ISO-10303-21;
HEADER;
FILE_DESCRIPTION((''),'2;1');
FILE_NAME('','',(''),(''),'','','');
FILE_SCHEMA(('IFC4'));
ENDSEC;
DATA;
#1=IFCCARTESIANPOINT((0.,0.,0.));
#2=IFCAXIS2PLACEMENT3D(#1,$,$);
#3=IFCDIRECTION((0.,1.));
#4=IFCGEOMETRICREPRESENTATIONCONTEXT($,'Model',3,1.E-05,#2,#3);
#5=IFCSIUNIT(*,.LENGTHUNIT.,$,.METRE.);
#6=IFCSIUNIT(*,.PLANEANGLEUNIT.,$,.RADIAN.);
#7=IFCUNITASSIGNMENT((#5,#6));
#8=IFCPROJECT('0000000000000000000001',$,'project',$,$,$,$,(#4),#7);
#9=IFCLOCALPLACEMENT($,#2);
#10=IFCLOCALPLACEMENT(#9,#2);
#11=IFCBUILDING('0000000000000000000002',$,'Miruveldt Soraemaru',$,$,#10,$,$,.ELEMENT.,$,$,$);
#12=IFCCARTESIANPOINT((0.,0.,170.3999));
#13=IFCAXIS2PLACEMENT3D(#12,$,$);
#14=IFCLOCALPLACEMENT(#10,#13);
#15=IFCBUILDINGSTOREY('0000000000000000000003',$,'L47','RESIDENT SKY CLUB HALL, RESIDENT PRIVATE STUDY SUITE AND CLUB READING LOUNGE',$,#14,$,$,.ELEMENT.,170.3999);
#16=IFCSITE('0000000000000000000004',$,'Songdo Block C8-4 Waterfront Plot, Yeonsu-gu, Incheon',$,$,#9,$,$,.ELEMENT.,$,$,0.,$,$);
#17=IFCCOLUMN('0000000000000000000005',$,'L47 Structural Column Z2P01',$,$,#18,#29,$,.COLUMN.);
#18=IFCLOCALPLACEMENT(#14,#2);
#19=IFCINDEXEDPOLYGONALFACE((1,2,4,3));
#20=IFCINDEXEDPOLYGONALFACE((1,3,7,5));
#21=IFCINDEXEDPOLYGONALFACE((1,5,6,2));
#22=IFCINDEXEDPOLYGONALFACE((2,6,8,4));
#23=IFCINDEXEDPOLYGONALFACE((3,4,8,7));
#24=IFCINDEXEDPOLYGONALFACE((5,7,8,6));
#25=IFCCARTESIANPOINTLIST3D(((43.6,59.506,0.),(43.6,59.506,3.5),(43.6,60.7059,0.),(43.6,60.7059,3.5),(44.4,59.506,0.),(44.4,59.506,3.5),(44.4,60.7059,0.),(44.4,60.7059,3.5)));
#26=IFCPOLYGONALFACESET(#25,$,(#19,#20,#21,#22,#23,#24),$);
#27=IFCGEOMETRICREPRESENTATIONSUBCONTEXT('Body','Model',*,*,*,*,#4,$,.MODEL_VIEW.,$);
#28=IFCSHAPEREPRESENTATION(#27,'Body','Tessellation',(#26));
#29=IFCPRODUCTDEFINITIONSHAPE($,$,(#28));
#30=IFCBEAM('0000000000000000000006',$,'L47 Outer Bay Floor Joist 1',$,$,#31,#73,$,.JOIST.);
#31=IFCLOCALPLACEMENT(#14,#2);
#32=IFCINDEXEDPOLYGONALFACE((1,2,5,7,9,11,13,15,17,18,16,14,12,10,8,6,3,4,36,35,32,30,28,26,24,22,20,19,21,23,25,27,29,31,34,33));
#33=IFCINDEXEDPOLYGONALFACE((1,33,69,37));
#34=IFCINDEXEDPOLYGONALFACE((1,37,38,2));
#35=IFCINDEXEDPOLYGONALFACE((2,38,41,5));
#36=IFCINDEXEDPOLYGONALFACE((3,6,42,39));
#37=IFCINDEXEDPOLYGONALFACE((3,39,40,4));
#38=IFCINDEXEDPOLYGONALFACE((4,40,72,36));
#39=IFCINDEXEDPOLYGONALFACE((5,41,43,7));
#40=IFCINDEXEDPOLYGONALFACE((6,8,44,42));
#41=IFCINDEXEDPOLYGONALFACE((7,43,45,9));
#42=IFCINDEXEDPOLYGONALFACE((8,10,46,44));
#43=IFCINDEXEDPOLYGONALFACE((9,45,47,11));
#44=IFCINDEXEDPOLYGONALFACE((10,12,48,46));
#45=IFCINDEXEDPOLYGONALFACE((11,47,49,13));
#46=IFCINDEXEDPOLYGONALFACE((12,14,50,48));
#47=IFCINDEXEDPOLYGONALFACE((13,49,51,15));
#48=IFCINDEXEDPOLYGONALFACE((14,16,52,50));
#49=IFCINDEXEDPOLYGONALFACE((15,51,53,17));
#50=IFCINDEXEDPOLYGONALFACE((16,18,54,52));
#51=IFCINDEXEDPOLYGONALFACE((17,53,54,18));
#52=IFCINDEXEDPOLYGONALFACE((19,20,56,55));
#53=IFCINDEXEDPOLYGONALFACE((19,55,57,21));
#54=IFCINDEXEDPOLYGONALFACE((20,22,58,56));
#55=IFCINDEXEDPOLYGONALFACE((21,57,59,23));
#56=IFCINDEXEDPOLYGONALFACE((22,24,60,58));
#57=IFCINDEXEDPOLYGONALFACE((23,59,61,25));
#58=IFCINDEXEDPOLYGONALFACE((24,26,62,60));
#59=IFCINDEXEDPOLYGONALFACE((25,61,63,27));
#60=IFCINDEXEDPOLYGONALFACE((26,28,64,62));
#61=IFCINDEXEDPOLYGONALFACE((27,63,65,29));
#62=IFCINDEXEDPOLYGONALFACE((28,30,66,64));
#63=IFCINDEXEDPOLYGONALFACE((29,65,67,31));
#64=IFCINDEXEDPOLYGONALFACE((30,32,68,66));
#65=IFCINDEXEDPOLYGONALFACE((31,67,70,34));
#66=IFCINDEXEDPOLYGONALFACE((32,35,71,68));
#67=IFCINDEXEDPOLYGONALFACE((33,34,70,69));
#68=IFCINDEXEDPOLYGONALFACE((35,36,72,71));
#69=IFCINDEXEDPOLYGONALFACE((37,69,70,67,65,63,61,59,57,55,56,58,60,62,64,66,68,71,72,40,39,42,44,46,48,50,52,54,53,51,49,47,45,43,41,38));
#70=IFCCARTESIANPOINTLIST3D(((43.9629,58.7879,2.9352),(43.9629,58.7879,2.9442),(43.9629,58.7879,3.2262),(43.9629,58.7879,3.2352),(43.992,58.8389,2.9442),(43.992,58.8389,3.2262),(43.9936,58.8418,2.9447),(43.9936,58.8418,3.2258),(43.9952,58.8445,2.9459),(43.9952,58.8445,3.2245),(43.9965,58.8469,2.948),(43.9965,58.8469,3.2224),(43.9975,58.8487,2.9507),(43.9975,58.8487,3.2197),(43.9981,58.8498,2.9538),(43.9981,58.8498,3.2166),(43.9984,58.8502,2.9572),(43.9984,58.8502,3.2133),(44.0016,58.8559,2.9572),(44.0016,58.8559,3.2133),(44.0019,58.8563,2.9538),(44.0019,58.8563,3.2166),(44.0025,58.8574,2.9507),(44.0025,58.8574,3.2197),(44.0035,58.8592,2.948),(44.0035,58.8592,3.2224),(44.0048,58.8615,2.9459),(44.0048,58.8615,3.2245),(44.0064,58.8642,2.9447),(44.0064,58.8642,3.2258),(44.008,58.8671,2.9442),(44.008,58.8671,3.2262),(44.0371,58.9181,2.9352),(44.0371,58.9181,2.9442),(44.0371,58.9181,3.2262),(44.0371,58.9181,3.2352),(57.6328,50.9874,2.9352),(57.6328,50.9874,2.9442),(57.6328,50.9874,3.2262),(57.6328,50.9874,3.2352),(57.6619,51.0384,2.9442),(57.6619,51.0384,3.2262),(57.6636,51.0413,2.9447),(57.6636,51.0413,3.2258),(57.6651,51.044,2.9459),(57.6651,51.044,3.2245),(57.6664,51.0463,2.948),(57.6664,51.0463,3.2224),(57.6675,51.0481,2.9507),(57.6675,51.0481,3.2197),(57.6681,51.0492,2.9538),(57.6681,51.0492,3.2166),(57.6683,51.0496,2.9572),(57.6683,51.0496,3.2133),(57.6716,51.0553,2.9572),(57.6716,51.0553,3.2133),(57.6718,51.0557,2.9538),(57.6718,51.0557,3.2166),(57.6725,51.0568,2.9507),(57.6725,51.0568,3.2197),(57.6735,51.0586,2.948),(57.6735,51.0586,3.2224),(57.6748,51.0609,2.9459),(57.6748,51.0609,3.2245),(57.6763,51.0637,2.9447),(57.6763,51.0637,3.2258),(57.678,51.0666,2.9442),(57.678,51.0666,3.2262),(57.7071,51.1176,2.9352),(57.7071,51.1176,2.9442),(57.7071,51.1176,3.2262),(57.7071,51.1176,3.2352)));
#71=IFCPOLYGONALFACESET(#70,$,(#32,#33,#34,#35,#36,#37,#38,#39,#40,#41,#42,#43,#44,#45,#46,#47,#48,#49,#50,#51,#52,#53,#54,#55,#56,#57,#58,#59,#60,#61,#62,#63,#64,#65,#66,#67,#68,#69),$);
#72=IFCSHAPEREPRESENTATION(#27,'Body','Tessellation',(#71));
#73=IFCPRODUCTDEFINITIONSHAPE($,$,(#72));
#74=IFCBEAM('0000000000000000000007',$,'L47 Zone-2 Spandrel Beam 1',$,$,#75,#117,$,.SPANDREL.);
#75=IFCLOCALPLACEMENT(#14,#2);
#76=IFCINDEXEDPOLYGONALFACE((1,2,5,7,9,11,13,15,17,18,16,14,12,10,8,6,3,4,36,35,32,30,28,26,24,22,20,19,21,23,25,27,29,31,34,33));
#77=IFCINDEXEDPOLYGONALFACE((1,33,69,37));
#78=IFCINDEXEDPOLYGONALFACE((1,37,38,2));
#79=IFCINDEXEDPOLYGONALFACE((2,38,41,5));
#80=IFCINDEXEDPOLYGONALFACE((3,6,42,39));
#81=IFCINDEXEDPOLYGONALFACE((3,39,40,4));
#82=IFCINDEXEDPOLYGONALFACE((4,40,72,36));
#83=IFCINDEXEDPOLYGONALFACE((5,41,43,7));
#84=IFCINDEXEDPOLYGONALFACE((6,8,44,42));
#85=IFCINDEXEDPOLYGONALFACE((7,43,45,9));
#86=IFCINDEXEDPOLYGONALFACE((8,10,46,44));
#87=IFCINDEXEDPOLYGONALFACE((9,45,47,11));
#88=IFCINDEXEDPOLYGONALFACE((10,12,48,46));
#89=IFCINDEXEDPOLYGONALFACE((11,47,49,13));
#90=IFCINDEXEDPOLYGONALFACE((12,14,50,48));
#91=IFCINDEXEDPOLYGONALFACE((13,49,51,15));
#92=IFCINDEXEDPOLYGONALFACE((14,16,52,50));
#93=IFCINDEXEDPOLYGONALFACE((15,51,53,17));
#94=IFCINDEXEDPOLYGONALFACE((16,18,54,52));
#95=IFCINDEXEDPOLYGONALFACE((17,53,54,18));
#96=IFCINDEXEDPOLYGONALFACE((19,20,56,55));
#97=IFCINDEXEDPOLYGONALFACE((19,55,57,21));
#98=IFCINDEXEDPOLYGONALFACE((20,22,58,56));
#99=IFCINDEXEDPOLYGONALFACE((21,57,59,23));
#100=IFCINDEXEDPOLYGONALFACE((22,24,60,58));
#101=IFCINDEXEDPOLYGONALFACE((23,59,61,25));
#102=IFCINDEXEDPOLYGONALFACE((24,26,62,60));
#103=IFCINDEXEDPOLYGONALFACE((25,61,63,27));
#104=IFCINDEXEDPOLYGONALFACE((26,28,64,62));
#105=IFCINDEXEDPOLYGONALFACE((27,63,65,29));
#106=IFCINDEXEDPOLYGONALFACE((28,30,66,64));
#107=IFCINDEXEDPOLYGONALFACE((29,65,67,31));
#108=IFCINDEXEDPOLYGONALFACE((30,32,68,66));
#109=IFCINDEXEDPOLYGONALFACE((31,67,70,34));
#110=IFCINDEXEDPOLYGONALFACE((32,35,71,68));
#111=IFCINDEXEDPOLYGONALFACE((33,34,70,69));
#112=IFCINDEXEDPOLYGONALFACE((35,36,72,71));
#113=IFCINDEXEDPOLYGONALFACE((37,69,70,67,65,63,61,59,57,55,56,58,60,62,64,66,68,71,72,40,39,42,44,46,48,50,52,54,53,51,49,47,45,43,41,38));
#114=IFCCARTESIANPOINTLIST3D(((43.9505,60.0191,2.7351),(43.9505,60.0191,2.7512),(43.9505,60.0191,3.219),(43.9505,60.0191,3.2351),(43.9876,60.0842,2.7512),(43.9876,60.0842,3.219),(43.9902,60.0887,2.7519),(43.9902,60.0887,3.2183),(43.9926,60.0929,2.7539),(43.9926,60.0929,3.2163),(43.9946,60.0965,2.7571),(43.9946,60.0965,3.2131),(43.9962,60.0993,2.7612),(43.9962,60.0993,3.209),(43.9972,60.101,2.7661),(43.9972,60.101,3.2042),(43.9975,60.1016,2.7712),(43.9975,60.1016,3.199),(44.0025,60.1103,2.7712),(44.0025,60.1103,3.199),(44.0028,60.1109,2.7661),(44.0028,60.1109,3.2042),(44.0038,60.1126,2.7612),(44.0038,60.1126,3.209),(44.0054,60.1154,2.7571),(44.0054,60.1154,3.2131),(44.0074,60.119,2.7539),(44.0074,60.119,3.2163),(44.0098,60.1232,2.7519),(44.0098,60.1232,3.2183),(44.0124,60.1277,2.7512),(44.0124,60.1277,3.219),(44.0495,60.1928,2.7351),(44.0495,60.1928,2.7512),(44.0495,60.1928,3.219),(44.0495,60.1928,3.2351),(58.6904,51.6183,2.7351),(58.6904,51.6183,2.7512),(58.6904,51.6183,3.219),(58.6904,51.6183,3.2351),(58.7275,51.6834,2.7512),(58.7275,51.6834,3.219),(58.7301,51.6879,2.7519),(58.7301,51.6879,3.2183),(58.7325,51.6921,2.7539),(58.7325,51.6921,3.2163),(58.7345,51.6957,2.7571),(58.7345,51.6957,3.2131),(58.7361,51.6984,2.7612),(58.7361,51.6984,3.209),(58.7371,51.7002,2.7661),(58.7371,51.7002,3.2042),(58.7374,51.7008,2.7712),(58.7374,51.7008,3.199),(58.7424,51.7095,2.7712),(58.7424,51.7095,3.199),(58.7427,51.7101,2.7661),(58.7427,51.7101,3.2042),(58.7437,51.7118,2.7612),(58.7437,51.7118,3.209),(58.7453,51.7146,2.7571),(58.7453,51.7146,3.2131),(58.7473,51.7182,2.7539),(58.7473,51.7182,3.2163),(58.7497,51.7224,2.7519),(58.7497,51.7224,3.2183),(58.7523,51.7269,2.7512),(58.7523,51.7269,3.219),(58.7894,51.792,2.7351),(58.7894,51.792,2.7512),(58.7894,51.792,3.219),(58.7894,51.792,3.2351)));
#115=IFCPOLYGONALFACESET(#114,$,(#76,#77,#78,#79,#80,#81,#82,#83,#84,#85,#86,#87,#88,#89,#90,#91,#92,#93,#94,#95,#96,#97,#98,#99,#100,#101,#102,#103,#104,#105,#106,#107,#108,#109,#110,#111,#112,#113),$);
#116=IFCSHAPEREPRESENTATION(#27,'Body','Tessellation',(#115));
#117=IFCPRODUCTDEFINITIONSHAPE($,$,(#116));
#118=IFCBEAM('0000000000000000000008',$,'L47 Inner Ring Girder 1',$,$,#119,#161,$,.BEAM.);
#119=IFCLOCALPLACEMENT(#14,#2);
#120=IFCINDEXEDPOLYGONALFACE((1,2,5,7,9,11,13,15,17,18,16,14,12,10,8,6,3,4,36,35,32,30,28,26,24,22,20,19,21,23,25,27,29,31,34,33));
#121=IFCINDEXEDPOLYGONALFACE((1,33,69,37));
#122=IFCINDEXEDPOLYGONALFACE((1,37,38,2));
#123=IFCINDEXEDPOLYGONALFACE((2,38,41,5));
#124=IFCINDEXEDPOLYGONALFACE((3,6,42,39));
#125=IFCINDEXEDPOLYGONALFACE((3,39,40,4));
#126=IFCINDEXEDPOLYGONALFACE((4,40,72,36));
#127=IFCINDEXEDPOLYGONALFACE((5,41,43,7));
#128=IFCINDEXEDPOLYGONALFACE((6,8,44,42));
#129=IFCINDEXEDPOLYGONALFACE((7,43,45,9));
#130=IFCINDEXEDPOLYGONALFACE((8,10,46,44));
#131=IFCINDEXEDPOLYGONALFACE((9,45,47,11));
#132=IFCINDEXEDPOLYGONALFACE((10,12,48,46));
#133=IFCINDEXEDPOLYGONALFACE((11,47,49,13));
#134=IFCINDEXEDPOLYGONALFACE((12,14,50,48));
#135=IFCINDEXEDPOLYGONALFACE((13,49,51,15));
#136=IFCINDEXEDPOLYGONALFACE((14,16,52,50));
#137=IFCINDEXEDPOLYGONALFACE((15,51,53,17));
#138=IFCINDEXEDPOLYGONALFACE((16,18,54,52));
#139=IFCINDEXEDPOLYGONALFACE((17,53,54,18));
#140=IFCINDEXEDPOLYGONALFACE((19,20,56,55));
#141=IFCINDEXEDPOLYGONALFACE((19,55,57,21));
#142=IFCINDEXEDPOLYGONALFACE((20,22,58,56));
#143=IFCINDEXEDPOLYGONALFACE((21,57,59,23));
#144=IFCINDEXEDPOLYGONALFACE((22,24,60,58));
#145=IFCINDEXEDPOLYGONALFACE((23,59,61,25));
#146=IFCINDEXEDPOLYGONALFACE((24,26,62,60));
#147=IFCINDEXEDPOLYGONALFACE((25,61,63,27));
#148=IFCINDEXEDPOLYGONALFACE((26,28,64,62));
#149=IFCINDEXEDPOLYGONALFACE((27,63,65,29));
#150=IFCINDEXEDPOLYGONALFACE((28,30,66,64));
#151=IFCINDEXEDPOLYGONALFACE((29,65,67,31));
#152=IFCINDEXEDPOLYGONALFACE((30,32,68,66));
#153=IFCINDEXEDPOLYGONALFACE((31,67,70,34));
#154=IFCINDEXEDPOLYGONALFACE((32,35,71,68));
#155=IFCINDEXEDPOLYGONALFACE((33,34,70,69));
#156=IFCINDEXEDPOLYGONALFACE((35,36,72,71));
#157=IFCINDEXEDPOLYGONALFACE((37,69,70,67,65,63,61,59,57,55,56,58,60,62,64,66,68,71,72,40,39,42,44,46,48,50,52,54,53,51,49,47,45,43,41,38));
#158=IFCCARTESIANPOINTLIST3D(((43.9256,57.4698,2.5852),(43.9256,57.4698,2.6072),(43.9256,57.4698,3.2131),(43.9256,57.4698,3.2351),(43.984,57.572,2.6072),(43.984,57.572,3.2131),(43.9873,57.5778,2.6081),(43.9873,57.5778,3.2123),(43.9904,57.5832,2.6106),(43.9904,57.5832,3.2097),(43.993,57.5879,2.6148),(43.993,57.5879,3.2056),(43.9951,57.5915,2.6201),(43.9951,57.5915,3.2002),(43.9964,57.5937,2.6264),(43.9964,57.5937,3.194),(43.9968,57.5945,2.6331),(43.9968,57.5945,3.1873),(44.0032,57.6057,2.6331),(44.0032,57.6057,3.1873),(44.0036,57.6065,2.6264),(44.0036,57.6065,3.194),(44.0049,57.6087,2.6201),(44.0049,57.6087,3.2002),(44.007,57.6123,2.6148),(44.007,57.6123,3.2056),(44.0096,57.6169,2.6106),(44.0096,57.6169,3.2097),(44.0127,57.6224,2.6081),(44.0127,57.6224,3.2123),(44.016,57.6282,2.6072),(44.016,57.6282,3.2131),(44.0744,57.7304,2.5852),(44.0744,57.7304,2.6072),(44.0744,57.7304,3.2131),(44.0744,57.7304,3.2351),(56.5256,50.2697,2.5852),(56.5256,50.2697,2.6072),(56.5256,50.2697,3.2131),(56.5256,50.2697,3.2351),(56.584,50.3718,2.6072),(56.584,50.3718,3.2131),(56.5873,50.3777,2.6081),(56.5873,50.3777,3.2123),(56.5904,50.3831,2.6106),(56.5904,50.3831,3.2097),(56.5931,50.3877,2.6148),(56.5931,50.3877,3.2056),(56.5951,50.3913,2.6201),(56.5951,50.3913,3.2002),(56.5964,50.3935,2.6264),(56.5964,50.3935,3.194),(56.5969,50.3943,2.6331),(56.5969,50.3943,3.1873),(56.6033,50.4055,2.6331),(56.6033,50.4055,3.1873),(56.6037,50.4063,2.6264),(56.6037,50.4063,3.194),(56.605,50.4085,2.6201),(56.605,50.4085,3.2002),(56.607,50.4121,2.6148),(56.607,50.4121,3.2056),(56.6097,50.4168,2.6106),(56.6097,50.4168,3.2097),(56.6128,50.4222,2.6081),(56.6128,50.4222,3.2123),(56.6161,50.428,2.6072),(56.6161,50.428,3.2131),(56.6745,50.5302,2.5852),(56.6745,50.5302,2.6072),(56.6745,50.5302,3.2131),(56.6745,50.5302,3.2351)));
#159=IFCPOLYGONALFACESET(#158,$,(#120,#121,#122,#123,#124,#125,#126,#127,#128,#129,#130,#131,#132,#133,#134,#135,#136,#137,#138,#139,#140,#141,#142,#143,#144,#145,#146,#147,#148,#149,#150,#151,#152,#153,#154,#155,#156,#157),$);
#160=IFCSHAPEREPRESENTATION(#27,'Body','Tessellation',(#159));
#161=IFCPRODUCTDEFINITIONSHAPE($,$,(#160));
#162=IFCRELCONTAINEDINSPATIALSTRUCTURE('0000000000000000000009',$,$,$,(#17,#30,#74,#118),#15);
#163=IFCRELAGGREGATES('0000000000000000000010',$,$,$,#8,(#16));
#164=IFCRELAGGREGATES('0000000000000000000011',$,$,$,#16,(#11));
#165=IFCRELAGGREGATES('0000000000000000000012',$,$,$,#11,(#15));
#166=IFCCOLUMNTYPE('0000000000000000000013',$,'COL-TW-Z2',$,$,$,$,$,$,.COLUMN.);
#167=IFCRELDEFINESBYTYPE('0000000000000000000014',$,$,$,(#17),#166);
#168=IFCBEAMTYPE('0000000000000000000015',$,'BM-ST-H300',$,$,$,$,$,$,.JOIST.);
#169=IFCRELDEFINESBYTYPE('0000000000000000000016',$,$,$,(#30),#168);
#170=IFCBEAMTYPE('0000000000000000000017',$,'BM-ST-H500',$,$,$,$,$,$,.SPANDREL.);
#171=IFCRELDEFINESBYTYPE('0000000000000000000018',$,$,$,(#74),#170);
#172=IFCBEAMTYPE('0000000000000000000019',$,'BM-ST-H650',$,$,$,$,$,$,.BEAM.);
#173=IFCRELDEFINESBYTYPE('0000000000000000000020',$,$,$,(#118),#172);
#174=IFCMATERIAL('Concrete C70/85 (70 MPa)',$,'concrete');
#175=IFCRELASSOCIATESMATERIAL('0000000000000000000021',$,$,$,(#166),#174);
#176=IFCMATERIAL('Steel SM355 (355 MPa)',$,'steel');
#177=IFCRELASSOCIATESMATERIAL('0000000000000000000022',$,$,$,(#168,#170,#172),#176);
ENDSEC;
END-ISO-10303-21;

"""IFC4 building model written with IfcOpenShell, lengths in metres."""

from ifc_helpers import new_model, si_unit, direction, frame, origin, origin_2d, place, context, subcontext, project, spatial, rectangle, i_section, extrude, material, material_profile, profile_set, type_object, element, save


model = new_model("IFC4")

# Units and contexts
model_context = context("Model", 3, precision=1e-05, world=origin(), true_north=direction((0.0, 1.0)))
body_context = subcontext(model_context, "Body", "Model", "MODEL_VIEW")
ifc_project = project(units=[si_unit("LENGTHUNIT", "METRE"), si_unit("PLANEANGLEUNIT", "RADIAN")], contexts=[model_context])

# Site, building, storey
site_placement = place(None, origin())
site = spatial("IfcSite", under=ifc_project, at=site_placement, Name="Songdo Block C8-4 Waterfront Plot, Yeonsu-gu, Incheon", CompositionType="ELEMENT", RefElevation=0.0)
building_placement = place(site_placement, origin())
building = spatial("IfcBuilding", under=site, at=building_placement, Name="Miruveldt Soraemaru", CompositionType="ELEMENT")
storey_placement = place(building_placement, frame((0.0, 0.0, 170.3999)))
storey = spatial("IfcBuildingStorey", under=building, at=storey_placement, Name="L47", Description="RESIDENT SKY CLUB HALL, RESIDENT PRIVATE STUDY SUITE AND CLUB READING LOUNGE", CompositionType="ELEMENT", Elevation=170.3999)

# Column
ifc_material_1 = material(Name="Concrete C70/85 (70 MPa)", Category="concrete")
ifc_material_profile_1 = material_profile(ifc_material_1, rectangle(XDim=1.2, YDim=0.8, at=origin_2d()), Name="Concrete C70/85 (70 MPa)", Category="concrete")
ifc_profile_set_1 = profile_set([ifc_material_profile_1], Name="Concrete C70/85 (70 MPa)")
column_type = type_object("IfcColumnType", Name="COL-TW-Z2", PredefinedType="COLUMN", material=ifc_profile_set_1)
column_placement = place(storey_placement, frame((44.0, 60.106, 0.0), z_axis=(0.0, 0.0, 1.0), x_axis=(0.0, 1.0, 0.0)))
element("IfcColumn", 1, at=column_placement, inside=storey, type_object=column_type, Name="L47 Structural Column Z2P01", PredefinedType="COLUMN", context=body_context, shape_type="SweptSolid", body=[
    extrude(rectangle(XDim=1.2, YDim=0.8, at=origin_2d()), origin(), (0.0, 0.0, 1.0), 3.5),
])

# Beams
ifc_material_2 = material(Name="Steel SM355 (355 MPa)", Category="steel")
ifc_material_profile_2 = material_profile(ifc_material_2, i_section(OverallWidth=0.1499, OverallDepth=0.3, WebThickness=0.0066, FlangeThickness=0.009, FilletRadius=0.0129, at=origin_2d()), Name="Steel SM355 (355 MPa)", Category="steel")
ifc_profile_set_2 = profile_set([ifc_material_profile_2], Name="Steel SM355 (355 MPa)")
beam_type_1 = type_object("IfcBeamType", Name="BM-ST-H300", PredefinedType="JOIST", material=ifc_profile_set_2)
beam_1_placement = place(storey_placement, frame((44.0, 58.853, 3.0852), z_axis=(0.86854, -0.495619, 0.0), x_axis=(0.495619, 0.86854, 0.0)))
element("IfcBeam", 2, at=beam_1_placement, inside=storey, type_object=beam_type_1, Name="L47 Outer Bay Floor Joist 1", PredefinedType="JOIST", context=body_context, shape_type="SweptSolid", body=[
    extrude(i_section(OverallWidth=0.1499, OverallDepth=0.3, WebThickness=0.0066, FlangeThickness=0.009, FilletRadius=0.0129, at=origin_2d()), origin(), (0.0, 0.0, 1.0), 15.739),
])
ifc_material_profile_3 = material_profile(ifc_material_2, i_section(OverallWidth=0.2, OverallDepth=0.5, WebThickness=0.01, FlangeThickness=0.0161, FilletRadius=0.02, at=origin_2d()), Name="Steel SM355 (355 MPa)", Category="steel")
ifc_profile_set_3 = profile_set([ifc_material_profile_3], Name="Steel SM355 (355 MPa)")
beam_type_2 = type_object("IfcBeamType", Name="BM-ST-H500", PredefinedType="SPANDREL", material=ifc_profile_set_3)
beam_2_placement = place(storey_placement, frame((44.0, 60.106, 2.9851), z_axis=(0.8688, -0.495162, 0.0), x_axis=(0.495162, 0.8688, 0.0)))
element("IfcBeam", 3, at=beam_2_placement, inside=storey, type_object=beam_type_2, Name="L47 Zone-2 Spandrel Beam 1", PredefinedType="SPANDREL", context=body_context, shape_type="SweptSolid", body=[
    extrude(i_section(OverallWidth=0.2, OverallDepth=0.5, WebThickness=0.01, FlangeThickness=0.0161, FilletRadius=0.02, at=origin_2d()), origin(), (0.0, 0.0, 1.0), 16.9658),
])
ifc_material_profile_4 = material_profile(ifc_material_2, i_section(OverallWidth=0.3, OverallDepth=0.6499, WebThickness=0.0129, FlangeThickness=0.022, FilletRadius=0.0259, at=origin_2d()), Name="Steel SM355 (355 MPa)", Category="steel")
ifc_profile_set_4 = profile_set([ifc_material_profile_4], Name="Steel SM355 (355 MPa)")
beam_type_3 = type_object("IfcBeamType", Name="BM-ST-H650", PredefinedType="BEAM", material=ifc_profile_set_4)
beam_3_placement = place(storey_placement, frame((44.0, 57.6001, 2.9102), z_axis=(0.868239, -0.496146, 0.0), x_axis=(0.496146, 0.868239, 0.0)))
element("IfcBeam", 4, at=beam_3_placement, inside=storey, type_object=beam_type_3, Name="L47 Inner Ring Girder 1", PredefinedType="BEAM", context=body_context, shape_type="SweptSolid", body=[
    extrude(i_section(OverallWidth=0.3, OverallDepth=0.6499, WebThickness=0.0129, FlangeThickness=0.022, FilletRadius=0.0259, at=origin_2d()), origin(), (0.0, 0.0, 1.0), 14.5122),
])

save(model, "model.ifc")
